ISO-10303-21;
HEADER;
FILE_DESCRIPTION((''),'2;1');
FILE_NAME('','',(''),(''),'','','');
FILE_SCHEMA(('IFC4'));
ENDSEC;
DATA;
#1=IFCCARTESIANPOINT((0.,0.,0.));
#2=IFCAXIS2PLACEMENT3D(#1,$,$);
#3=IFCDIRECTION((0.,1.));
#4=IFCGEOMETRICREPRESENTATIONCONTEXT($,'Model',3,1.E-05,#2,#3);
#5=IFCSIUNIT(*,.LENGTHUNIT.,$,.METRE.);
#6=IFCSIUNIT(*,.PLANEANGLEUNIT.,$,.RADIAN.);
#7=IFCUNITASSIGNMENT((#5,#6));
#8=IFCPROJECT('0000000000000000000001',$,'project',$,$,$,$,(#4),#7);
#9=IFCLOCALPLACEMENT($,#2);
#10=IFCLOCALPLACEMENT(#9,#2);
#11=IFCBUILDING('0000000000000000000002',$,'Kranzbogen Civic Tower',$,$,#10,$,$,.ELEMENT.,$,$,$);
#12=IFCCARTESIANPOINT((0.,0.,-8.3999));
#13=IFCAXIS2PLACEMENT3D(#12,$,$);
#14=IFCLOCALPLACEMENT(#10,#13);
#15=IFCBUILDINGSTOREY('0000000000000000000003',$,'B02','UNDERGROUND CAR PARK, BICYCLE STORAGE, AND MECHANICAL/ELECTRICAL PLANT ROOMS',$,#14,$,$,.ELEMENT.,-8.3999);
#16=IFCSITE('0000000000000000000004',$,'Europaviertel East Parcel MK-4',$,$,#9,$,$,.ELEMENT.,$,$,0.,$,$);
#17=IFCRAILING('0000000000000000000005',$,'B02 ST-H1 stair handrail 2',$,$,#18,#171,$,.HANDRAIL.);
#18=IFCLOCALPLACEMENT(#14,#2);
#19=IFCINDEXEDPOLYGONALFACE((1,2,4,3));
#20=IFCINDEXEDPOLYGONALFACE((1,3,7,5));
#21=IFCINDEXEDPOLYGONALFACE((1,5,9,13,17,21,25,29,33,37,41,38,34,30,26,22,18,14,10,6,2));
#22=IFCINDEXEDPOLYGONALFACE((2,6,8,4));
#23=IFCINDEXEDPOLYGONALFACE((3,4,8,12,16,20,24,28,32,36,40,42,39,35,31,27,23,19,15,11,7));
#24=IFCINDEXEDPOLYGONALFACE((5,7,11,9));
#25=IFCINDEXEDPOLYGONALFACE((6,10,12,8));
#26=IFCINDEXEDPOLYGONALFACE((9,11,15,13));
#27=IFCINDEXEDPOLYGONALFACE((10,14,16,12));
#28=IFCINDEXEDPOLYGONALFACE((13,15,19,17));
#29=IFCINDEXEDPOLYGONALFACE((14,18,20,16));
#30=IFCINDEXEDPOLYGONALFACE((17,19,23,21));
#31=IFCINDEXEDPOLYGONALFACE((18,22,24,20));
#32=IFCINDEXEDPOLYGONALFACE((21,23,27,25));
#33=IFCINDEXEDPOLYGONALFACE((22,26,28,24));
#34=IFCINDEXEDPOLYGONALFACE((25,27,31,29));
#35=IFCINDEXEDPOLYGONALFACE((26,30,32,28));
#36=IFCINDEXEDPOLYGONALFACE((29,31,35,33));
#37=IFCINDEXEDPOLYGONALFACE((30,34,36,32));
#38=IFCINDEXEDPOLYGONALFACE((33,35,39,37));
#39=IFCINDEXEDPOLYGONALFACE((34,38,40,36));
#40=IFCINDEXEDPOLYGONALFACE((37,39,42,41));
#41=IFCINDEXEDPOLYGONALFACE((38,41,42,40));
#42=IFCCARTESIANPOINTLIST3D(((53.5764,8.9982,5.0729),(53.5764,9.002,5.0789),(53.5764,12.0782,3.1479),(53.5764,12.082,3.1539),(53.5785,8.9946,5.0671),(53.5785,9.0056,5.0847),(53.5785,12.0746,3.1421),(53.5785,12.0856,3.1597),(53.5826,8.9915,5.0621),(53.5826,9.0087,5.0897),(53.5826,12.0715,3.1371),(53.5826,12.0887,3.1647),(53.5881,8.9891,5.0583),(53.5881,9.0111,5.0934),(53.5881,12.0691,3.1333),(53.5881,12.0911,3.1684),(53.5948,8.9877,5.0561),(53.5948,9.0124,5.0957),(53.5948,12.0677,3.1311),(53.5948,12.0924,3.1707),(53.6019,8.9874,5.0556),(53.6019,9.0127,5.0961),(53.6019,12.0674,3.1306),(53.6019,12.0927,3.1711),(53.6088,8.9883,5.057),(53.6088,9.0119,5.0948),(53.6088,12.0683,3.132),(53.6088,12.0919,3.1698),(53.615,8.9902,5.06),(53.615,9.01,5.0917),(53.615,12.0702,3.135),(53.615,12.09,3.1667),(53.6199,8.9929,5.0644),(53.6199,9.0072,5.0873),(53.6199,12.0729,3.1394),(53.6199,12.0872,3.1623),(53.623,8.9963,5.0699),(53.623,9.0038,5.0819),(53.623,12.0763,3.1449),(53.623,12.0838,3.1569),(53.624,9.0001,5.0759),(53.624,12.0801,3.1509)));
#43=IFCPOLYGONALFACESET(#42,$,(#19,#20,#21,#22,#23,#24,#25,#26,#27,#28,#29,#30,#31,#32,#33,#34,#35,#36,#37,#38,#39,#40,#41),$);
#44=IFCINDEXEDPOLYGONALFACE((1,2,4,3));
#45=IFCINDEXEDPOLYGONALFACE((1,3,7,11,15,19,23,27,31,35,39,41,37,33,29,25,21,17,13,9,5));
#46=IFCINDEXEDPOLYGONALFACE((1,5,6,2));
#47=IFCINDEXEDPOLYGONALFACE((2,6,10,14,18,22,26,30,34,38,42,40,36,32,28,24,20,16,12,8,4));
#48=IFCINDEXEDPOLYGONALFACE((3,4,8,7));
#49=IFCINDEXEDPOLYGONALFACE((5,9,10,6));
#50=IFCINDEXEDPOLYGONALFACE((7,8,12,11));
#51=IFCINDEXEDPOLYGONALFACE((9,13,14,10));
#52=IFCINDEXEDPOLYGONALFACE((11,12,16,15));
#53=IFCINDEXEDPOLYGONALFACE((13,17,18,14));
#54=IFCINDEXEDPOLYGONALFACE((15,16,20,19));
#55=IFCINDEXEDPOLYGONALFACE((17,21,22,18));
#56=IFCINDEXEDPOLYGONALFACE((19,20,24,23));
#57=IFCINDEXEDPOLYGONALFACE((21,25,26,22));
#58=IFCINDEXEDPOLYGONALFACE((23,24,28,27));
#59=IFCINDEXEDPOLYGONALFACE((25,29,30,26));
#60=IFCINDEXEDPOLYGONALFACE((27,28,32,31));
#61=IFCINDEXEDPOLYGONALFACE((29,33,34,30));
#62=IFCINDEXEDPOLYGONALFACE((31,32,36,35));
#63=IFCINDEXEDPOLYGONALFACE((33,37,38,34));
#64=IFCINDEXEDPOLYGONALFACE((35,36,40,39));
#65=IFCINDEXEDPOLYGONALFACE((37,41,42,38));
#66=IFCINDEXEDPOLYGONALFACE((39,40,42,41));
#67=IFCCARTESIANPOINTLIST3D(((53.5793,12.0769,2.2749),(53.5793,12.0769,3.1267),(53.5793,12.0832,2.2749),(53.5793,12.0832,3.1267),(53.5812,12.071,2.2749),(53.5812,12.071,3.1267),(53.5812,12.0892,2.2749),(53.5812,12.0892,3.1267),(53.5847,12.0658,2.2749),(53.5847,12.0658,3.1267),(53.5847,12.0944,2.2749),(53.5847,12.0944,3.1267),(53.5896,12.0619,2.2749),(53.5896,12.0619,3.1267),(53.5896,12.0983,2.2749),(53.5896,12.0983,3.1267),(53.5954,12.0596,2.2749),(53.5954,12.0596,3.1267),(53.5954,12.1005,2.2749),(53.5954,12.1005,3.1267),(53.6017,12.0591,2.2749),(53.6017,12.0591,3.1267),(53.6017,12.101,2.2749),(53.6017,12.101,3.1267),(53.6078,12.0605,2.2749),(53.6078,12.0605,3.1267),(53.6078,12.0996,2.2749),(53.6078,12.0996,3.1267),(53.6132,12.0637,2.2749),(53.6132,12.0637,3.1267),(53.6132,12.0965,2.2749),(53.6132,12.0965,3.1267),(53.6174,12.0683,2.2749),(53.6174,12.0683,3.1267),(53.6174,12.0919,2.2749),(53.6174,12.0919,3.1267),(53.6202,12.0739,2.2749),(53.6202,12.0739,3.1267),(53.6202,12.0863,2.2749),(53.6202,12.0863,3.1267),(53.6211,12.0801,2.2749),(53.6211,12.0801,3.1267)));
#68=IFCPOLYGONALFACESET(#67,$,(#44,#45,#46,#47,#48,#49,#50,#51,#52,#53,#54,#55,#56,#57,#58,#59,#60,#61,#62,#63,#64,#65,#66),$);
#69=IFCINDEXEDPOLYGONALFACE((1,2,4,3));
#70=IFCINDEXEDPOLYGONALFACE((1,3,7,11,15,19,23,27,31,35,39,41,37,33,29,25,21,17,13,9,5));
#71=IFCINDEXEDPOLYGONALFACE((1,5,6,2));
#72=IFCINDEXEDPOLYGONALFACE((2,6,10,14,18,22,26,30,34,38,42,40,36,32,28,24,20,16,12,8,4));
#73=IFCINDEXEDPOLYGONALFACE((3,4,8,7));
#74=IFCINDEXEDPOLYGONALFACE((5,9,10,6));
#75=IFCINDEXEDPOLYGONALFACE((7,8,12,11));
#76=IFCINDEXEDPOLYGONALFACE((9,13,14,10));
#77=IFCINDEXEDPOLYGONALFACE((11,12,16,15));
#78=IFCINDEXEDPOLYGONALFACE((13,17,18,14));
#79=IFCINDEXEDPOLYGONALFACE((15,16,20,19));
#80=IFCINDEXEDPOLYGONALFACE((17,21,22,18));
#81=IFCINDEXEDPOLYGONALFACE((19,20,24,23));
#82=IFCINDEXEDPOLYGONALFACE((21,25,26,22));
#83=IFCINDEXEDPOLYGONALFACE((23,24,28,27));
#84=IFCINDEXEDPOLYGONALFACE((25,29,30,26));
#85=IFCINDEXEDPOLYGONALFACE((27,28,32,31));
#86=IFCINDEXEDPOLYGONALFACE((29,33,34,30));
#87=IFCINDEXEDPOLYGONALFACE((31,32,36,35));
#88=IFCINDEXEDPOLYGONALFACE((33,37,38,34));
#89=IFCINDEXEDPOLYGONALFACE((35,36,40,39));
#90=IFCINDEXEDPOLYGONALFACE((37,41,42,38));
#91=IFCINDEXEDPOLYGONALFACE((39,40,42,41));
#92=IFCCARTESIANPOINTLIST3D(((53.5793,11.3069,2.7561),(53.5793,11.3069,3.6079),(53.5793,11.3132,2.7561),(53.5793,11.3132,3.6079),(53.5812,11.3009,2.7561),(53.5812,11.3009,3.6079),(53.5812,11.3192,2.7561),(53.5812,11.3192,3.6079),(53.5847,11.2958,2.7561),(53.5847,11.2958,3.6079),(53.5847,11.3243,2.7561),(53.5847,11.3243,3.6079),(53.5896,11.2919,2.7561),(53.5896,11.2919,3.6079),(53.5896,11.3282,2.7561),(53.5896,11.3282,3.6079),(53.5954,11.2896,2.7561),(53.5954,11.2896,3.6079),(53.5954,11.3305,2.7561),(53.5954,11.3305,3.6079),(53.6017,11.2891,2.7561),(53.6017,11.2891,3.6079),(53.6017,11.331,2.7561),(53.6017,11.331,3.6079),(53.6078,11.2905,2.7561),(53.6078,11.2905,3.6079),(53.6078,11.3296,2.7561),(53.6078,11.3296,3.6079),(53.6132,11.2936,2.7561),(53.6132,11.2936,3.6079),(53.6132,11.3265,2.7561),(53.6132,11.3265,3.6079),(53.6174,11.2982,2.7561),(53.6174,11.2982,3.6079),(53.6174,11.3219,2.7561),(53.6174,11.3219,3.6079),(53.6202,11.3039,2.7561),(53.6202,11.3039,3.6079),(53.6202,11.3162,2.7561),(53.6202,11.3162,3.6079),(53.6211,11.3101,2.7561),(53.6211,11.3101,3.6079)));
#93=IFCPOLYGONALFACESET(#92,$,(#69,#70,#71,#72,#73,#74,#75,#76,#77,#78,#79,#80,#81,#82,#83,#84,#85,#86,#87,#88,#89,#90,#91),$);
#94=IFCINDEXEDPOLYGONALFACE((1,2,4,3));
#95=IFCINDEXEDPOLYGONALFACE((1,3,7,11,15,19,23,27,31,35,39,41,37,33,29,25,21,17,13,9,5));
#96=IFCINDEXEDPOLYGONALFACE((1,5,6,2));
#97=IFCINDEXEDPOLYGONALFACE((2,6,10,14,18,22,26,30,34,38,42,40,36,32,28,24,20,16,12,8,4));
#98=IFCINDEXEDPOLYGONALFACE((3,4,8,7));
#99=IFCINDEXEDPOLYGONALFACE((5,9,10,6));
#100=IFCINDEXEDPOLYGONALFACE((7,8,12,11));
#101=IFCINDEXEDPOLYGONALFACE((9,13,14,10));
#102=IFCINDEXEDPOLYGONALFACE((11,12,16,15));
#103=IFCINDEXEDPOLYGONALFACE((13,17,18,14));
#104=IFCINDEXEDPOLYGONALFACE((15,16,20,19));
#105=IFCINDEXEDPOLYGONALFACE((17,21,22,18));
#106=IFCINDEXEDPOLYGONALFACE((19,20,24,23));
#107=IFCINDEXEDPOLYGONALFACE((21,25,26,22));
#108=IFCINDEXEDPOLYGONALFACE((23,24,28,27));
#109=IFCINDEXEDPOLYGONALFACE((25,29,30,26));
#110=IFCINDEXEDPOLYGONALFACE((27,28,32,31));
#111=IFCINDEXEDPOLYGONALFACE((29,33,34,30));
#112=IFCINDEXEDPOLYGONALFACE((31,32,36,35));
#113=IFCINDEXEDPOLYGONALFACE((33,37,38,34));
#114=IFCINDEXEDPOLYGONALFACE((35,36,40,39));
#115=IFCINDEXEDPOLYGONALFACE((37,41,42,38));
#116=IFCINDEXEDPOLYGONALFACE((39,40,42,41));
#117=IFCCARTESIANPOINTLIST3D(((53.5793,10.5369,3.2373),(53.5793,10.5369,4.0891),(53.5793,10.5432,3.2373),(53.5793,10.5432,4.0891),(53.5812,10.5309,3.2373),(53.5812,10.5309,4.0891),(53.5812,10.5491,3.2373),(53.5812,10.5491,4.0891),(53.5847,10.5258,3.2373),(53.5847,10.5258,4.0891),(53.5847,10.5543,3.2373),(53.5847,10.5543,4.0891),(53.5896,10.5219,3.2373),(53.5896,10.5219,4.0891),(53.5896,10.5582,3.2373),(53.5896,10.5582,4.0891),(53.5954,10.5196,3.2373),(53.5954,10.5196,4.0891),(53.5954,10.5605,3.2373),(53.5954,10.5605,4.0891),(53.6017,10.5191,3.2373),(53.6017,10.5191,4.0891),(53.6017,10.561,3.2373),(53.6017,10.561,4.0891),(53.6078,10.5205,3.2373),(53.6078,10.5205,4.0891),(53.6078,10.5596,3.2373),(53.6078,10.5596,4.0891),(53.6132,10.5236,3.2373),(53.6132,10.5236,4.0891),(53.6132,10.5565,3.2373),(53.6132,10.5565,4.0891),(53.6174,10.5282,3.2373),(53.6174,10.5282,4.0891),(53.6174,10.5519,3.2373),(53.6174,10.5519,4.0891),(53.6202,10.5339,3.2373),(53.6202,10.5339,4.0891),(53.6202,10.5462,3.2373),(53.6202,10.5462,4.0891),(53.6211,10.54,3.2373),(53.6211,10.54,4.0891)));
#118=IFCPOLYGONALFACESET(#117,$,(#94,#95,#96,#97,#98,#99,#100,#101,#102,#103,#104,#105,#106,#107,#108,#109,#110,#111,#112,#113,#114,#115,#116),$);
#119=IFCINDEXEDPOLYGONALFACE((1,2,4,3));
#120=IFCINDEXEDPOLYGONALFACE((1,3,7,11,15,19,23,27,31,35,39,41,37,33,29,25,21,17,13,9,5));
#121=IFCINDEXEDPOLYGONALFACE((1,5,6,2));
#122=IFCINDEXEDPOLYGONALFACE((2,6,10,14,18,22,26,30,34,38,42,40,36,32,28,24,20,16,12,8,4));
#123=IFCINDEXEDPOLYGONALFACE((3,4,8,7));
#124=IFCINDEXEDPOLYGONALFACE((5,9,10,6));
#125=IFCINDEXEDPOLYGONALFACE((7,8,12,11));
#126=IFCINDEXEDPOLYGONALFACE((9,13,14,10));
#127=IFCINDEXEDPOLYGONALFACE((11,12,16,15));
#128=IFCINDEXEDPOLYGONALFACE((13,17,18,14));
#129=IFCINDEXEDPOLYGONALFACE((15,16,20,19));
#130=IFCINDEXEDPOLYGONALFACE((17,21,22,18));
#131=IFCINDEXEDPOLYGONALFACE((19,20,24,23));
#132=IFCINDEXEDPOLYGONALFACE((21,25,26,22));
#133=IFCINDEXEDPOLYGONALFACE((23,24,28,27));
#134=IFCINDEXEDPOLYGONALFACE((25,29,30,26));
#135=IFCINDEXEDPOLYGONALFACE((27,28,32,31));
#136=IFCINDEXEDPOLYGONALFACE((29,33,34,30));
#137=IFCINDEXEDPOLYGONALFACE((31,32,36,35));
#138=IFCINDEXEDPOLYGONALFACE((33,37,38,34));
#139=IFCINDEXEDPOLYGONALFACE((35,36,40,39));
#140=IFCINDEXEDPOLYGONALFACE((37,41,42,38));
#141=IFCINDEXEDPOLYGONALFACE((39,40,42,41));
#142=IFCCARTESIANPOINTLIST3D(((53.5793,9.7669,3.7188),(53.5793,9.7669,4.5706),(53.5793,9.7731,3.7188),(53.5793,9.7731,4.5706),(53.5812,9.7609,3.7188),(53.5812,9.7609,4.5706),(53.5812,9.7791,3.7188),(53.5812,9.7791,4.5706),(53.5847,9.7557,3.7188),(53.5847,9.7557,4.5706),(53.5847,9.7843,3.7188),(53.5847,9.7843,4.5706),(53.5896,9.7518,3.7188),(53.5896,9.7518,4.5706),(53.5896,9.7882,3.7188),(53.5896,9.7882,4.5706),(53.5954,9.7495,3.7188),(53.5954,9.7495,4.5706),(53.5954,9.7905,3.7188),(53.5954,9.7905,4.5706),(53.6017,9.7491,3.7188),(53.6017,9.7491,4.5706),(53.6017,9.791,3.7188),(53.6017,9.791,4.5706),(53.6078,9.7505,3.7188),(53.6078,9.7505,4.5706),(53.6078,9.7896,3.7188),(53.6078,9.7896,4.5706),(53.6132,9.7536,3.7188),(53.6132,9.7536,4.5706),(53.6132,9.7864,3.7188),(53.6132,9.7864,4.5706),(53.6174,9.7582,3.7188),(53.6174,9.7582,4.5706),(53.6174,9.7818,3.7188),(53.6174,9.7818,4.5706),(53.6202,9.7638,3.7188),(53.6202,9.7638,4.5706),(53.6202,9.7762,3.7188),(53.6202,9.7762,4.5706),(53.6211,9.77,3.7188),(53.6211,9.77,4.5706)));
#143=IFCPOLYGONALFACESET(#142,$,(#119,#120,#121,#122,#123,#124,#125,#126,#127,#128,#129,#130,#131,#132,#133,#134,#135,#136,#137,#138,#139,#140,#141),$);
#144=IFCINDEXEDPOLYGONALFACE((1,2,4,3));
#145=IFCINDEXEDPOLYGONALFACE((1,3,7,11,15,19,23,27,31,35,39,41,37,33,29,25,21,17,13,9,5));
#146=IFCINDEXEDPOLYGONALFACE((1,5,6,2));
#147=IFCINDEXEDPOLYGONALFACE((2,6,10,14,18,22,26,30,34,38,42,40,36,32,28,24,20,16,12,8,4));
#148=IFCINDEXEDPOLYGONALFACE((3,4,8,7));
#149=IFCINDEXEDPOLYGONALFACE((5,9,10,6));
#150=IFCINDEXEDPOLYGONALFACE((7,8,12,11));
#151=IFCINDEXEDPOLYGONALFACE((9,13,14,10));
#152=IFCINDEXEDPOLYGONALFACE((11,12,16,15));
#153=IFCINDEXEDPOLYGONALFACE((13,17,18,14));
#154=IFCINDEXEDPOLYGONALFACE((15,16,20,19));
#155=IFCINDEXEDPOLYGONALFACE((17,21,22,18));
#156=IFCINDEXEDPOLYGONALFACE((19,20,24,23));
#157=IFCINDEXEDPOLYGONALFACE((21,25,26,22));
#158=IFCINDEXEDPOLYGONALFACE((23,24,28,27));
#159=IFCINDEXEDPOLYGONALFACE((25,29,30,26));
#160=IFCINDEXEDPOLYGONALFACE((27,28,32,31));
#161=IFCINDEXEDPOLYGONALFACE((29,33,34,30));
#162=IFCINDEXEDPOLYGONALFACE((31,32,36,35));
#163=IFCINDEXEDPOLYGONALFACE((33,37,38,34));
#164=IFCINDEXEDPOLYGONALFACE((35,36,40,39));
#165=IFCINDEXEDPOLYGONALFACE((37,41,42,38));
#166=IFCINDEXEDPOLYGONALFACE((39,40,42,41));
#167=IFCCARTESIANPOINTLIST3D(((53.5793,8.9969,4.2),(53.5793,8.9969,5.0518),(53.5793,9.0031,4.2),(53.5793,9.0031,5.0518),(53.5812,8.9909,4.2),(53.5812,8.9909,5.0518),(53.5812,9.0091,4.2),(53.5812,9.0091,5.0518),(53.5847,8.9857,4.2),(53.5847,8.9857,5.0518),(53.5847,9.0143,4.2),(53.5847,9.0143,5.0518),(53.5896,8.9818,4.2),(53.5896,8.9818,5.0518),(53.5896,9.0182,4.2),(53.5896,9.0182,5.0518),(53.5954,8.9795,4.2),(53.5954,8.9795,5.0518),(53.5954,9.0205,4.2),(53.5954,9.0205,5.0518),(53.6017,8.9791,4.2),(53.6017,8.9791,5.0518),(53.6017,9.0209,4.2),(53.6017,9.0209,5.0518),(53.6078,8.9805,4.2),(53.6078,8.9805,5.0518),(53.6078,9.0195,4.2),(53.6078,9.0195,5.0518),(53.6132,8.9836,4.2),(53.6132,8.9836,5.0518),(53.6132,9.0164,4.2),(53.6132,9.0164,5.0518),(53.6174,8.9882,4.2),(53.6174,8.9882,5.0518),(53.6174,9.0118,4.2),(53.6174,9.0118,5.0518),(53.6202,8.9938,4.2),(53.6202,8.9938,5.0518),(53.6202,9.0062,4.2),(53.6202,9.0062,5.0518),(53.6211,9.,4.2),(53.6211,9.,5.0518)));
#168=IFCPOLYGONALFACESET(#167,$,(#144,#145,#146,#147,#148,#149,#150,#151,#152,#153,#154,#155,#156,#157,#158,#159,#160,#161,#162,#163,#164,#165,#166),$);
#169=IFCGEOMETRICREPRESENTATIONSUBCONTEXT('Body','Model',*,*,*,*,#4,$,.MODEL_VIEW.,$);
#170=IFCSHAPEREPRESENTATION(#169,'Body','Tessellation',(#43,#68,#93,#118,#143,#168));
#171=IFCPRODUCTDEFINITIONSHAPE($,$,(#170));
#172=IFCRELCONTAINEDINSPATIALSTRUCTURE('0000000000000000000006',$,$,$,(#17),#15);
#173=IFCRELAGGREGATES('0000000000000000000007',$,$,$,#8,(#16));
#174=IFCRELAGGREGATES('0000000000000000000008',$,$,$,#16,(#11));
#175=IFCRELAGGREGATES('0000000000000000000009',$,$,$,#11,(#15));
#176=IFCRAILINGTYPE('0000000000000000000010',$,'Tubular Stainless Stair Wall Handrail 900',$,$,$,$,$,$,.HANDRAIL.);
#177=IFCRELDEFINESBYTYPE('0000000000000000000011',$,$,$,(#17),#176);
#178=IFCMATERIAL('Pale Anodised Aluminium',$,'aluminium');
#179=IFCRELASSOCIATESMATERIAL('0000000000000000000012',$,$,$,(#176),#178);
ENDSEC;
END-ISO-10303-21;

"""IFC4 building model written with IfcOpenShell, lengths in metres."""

from ifc_helpers import new_model, si_unit, direction, frame, origin, origin_2d, place, context, subcontext, project, spatial, circle, extrude, material, type_object, element, save


model = new_model("IFC4")

# Units and contexts
model_context = context("Model", 3, precision=1e-05, world=origin(), true_north=direction((0.0, 1.0)))
body_context = subcontext(model_context, "Body", "Model", "MODEL_VIEW")
ifc_project = project(units=[si_unit("LENGTHUNIT", "METRE"), si_unit("PLANEANGLEUNIT", "RADIAN")], contexts=[model_context])

# Site, building, storey
site_placement = place(None, origin())
site = spatial("IfcSite", under=ifc_project, at=site_placement, Name="Europaviertel East Parcel MK-4", CompositionType="ELEMENT", RefElevation=0.0)
building_placement = place(site_placement, origin())
building = spatial("IfcBuilding", under=site, at=building_placement, Name="Kranzbogen Civic Tower", CompositionType="ELEMENT")
storey_placement = place(building_placement, frame((0.0, 0.0, -8.3999)))
storey = spatial("IfcBuildingStorey", under=building, at=storey_placement, Name="B02", Description="UNDERGROUND CAR PARK, BICYCLE STORAGE, AND MECHANICAL/ELECTRICAL PLANT ROOMS", CompositionType="ELEMENT", Elevation=-8.3999)

# Railing
ifc_material_1 = material(Name="Pale Anodised Aluminium", Category="aluminium")
railing_type_1 = type_object("IfcRailingType", Name="Tubular Stainless Stair Wall Handrail 900", PredefinedType="HANDRAIL", material=ifc_material_1)
railing_1_placement = place(storey_placement, frame((53.6001, 12.0801, 2.2749)))
element("IfcRailing", 1, at=railing_1_placement, inside=storey, type_object=railing_type_1, Name="B02 ST-H1 stair handrail 2", PredefinedType="HANDRAIL", context=body_context, shape_type="SweptSolid", body=[
    extrude(circle(Radius=0.0239, at=origin_2d()), frame((0.0, 0.0, 0.876), z_axis=(0.0, -0.847998, 0.529999), x_axis=(1.0, 0.0, 0.0)), (0.0, 0.0, 1.0), 3.6321),
    extrude(circle(Radius=0.021, at=origin_2d()), origin(), (0.0, 0.0, 1.0), 0.8518),
    extrude(circle(Radius=0.021, at=origin_2d()), frame((0.0, -0.77, 0.4812)), (0.0, 0.0, 1.0), 0.8518),
    extrude(circle(Radius=0.021, at=origin_2d()), frame((0.0, -1.54, 0.9624)), (0.0, 0.0, 1.0), 0.8518),
    extrude(circle(Radius=0.021, at=origin_2d()), frame((0.0, -2.3101, 1.4438)), (0.0, 0.0, 1.0), 0.8518),
    extrude(circle(Radius=0.021, at=origin_2d()), frame((0.0, -3.0801, 1.925)), (0.0, 0.0, 1.0), 0.8518),
])

save(model, "model.ifc")
